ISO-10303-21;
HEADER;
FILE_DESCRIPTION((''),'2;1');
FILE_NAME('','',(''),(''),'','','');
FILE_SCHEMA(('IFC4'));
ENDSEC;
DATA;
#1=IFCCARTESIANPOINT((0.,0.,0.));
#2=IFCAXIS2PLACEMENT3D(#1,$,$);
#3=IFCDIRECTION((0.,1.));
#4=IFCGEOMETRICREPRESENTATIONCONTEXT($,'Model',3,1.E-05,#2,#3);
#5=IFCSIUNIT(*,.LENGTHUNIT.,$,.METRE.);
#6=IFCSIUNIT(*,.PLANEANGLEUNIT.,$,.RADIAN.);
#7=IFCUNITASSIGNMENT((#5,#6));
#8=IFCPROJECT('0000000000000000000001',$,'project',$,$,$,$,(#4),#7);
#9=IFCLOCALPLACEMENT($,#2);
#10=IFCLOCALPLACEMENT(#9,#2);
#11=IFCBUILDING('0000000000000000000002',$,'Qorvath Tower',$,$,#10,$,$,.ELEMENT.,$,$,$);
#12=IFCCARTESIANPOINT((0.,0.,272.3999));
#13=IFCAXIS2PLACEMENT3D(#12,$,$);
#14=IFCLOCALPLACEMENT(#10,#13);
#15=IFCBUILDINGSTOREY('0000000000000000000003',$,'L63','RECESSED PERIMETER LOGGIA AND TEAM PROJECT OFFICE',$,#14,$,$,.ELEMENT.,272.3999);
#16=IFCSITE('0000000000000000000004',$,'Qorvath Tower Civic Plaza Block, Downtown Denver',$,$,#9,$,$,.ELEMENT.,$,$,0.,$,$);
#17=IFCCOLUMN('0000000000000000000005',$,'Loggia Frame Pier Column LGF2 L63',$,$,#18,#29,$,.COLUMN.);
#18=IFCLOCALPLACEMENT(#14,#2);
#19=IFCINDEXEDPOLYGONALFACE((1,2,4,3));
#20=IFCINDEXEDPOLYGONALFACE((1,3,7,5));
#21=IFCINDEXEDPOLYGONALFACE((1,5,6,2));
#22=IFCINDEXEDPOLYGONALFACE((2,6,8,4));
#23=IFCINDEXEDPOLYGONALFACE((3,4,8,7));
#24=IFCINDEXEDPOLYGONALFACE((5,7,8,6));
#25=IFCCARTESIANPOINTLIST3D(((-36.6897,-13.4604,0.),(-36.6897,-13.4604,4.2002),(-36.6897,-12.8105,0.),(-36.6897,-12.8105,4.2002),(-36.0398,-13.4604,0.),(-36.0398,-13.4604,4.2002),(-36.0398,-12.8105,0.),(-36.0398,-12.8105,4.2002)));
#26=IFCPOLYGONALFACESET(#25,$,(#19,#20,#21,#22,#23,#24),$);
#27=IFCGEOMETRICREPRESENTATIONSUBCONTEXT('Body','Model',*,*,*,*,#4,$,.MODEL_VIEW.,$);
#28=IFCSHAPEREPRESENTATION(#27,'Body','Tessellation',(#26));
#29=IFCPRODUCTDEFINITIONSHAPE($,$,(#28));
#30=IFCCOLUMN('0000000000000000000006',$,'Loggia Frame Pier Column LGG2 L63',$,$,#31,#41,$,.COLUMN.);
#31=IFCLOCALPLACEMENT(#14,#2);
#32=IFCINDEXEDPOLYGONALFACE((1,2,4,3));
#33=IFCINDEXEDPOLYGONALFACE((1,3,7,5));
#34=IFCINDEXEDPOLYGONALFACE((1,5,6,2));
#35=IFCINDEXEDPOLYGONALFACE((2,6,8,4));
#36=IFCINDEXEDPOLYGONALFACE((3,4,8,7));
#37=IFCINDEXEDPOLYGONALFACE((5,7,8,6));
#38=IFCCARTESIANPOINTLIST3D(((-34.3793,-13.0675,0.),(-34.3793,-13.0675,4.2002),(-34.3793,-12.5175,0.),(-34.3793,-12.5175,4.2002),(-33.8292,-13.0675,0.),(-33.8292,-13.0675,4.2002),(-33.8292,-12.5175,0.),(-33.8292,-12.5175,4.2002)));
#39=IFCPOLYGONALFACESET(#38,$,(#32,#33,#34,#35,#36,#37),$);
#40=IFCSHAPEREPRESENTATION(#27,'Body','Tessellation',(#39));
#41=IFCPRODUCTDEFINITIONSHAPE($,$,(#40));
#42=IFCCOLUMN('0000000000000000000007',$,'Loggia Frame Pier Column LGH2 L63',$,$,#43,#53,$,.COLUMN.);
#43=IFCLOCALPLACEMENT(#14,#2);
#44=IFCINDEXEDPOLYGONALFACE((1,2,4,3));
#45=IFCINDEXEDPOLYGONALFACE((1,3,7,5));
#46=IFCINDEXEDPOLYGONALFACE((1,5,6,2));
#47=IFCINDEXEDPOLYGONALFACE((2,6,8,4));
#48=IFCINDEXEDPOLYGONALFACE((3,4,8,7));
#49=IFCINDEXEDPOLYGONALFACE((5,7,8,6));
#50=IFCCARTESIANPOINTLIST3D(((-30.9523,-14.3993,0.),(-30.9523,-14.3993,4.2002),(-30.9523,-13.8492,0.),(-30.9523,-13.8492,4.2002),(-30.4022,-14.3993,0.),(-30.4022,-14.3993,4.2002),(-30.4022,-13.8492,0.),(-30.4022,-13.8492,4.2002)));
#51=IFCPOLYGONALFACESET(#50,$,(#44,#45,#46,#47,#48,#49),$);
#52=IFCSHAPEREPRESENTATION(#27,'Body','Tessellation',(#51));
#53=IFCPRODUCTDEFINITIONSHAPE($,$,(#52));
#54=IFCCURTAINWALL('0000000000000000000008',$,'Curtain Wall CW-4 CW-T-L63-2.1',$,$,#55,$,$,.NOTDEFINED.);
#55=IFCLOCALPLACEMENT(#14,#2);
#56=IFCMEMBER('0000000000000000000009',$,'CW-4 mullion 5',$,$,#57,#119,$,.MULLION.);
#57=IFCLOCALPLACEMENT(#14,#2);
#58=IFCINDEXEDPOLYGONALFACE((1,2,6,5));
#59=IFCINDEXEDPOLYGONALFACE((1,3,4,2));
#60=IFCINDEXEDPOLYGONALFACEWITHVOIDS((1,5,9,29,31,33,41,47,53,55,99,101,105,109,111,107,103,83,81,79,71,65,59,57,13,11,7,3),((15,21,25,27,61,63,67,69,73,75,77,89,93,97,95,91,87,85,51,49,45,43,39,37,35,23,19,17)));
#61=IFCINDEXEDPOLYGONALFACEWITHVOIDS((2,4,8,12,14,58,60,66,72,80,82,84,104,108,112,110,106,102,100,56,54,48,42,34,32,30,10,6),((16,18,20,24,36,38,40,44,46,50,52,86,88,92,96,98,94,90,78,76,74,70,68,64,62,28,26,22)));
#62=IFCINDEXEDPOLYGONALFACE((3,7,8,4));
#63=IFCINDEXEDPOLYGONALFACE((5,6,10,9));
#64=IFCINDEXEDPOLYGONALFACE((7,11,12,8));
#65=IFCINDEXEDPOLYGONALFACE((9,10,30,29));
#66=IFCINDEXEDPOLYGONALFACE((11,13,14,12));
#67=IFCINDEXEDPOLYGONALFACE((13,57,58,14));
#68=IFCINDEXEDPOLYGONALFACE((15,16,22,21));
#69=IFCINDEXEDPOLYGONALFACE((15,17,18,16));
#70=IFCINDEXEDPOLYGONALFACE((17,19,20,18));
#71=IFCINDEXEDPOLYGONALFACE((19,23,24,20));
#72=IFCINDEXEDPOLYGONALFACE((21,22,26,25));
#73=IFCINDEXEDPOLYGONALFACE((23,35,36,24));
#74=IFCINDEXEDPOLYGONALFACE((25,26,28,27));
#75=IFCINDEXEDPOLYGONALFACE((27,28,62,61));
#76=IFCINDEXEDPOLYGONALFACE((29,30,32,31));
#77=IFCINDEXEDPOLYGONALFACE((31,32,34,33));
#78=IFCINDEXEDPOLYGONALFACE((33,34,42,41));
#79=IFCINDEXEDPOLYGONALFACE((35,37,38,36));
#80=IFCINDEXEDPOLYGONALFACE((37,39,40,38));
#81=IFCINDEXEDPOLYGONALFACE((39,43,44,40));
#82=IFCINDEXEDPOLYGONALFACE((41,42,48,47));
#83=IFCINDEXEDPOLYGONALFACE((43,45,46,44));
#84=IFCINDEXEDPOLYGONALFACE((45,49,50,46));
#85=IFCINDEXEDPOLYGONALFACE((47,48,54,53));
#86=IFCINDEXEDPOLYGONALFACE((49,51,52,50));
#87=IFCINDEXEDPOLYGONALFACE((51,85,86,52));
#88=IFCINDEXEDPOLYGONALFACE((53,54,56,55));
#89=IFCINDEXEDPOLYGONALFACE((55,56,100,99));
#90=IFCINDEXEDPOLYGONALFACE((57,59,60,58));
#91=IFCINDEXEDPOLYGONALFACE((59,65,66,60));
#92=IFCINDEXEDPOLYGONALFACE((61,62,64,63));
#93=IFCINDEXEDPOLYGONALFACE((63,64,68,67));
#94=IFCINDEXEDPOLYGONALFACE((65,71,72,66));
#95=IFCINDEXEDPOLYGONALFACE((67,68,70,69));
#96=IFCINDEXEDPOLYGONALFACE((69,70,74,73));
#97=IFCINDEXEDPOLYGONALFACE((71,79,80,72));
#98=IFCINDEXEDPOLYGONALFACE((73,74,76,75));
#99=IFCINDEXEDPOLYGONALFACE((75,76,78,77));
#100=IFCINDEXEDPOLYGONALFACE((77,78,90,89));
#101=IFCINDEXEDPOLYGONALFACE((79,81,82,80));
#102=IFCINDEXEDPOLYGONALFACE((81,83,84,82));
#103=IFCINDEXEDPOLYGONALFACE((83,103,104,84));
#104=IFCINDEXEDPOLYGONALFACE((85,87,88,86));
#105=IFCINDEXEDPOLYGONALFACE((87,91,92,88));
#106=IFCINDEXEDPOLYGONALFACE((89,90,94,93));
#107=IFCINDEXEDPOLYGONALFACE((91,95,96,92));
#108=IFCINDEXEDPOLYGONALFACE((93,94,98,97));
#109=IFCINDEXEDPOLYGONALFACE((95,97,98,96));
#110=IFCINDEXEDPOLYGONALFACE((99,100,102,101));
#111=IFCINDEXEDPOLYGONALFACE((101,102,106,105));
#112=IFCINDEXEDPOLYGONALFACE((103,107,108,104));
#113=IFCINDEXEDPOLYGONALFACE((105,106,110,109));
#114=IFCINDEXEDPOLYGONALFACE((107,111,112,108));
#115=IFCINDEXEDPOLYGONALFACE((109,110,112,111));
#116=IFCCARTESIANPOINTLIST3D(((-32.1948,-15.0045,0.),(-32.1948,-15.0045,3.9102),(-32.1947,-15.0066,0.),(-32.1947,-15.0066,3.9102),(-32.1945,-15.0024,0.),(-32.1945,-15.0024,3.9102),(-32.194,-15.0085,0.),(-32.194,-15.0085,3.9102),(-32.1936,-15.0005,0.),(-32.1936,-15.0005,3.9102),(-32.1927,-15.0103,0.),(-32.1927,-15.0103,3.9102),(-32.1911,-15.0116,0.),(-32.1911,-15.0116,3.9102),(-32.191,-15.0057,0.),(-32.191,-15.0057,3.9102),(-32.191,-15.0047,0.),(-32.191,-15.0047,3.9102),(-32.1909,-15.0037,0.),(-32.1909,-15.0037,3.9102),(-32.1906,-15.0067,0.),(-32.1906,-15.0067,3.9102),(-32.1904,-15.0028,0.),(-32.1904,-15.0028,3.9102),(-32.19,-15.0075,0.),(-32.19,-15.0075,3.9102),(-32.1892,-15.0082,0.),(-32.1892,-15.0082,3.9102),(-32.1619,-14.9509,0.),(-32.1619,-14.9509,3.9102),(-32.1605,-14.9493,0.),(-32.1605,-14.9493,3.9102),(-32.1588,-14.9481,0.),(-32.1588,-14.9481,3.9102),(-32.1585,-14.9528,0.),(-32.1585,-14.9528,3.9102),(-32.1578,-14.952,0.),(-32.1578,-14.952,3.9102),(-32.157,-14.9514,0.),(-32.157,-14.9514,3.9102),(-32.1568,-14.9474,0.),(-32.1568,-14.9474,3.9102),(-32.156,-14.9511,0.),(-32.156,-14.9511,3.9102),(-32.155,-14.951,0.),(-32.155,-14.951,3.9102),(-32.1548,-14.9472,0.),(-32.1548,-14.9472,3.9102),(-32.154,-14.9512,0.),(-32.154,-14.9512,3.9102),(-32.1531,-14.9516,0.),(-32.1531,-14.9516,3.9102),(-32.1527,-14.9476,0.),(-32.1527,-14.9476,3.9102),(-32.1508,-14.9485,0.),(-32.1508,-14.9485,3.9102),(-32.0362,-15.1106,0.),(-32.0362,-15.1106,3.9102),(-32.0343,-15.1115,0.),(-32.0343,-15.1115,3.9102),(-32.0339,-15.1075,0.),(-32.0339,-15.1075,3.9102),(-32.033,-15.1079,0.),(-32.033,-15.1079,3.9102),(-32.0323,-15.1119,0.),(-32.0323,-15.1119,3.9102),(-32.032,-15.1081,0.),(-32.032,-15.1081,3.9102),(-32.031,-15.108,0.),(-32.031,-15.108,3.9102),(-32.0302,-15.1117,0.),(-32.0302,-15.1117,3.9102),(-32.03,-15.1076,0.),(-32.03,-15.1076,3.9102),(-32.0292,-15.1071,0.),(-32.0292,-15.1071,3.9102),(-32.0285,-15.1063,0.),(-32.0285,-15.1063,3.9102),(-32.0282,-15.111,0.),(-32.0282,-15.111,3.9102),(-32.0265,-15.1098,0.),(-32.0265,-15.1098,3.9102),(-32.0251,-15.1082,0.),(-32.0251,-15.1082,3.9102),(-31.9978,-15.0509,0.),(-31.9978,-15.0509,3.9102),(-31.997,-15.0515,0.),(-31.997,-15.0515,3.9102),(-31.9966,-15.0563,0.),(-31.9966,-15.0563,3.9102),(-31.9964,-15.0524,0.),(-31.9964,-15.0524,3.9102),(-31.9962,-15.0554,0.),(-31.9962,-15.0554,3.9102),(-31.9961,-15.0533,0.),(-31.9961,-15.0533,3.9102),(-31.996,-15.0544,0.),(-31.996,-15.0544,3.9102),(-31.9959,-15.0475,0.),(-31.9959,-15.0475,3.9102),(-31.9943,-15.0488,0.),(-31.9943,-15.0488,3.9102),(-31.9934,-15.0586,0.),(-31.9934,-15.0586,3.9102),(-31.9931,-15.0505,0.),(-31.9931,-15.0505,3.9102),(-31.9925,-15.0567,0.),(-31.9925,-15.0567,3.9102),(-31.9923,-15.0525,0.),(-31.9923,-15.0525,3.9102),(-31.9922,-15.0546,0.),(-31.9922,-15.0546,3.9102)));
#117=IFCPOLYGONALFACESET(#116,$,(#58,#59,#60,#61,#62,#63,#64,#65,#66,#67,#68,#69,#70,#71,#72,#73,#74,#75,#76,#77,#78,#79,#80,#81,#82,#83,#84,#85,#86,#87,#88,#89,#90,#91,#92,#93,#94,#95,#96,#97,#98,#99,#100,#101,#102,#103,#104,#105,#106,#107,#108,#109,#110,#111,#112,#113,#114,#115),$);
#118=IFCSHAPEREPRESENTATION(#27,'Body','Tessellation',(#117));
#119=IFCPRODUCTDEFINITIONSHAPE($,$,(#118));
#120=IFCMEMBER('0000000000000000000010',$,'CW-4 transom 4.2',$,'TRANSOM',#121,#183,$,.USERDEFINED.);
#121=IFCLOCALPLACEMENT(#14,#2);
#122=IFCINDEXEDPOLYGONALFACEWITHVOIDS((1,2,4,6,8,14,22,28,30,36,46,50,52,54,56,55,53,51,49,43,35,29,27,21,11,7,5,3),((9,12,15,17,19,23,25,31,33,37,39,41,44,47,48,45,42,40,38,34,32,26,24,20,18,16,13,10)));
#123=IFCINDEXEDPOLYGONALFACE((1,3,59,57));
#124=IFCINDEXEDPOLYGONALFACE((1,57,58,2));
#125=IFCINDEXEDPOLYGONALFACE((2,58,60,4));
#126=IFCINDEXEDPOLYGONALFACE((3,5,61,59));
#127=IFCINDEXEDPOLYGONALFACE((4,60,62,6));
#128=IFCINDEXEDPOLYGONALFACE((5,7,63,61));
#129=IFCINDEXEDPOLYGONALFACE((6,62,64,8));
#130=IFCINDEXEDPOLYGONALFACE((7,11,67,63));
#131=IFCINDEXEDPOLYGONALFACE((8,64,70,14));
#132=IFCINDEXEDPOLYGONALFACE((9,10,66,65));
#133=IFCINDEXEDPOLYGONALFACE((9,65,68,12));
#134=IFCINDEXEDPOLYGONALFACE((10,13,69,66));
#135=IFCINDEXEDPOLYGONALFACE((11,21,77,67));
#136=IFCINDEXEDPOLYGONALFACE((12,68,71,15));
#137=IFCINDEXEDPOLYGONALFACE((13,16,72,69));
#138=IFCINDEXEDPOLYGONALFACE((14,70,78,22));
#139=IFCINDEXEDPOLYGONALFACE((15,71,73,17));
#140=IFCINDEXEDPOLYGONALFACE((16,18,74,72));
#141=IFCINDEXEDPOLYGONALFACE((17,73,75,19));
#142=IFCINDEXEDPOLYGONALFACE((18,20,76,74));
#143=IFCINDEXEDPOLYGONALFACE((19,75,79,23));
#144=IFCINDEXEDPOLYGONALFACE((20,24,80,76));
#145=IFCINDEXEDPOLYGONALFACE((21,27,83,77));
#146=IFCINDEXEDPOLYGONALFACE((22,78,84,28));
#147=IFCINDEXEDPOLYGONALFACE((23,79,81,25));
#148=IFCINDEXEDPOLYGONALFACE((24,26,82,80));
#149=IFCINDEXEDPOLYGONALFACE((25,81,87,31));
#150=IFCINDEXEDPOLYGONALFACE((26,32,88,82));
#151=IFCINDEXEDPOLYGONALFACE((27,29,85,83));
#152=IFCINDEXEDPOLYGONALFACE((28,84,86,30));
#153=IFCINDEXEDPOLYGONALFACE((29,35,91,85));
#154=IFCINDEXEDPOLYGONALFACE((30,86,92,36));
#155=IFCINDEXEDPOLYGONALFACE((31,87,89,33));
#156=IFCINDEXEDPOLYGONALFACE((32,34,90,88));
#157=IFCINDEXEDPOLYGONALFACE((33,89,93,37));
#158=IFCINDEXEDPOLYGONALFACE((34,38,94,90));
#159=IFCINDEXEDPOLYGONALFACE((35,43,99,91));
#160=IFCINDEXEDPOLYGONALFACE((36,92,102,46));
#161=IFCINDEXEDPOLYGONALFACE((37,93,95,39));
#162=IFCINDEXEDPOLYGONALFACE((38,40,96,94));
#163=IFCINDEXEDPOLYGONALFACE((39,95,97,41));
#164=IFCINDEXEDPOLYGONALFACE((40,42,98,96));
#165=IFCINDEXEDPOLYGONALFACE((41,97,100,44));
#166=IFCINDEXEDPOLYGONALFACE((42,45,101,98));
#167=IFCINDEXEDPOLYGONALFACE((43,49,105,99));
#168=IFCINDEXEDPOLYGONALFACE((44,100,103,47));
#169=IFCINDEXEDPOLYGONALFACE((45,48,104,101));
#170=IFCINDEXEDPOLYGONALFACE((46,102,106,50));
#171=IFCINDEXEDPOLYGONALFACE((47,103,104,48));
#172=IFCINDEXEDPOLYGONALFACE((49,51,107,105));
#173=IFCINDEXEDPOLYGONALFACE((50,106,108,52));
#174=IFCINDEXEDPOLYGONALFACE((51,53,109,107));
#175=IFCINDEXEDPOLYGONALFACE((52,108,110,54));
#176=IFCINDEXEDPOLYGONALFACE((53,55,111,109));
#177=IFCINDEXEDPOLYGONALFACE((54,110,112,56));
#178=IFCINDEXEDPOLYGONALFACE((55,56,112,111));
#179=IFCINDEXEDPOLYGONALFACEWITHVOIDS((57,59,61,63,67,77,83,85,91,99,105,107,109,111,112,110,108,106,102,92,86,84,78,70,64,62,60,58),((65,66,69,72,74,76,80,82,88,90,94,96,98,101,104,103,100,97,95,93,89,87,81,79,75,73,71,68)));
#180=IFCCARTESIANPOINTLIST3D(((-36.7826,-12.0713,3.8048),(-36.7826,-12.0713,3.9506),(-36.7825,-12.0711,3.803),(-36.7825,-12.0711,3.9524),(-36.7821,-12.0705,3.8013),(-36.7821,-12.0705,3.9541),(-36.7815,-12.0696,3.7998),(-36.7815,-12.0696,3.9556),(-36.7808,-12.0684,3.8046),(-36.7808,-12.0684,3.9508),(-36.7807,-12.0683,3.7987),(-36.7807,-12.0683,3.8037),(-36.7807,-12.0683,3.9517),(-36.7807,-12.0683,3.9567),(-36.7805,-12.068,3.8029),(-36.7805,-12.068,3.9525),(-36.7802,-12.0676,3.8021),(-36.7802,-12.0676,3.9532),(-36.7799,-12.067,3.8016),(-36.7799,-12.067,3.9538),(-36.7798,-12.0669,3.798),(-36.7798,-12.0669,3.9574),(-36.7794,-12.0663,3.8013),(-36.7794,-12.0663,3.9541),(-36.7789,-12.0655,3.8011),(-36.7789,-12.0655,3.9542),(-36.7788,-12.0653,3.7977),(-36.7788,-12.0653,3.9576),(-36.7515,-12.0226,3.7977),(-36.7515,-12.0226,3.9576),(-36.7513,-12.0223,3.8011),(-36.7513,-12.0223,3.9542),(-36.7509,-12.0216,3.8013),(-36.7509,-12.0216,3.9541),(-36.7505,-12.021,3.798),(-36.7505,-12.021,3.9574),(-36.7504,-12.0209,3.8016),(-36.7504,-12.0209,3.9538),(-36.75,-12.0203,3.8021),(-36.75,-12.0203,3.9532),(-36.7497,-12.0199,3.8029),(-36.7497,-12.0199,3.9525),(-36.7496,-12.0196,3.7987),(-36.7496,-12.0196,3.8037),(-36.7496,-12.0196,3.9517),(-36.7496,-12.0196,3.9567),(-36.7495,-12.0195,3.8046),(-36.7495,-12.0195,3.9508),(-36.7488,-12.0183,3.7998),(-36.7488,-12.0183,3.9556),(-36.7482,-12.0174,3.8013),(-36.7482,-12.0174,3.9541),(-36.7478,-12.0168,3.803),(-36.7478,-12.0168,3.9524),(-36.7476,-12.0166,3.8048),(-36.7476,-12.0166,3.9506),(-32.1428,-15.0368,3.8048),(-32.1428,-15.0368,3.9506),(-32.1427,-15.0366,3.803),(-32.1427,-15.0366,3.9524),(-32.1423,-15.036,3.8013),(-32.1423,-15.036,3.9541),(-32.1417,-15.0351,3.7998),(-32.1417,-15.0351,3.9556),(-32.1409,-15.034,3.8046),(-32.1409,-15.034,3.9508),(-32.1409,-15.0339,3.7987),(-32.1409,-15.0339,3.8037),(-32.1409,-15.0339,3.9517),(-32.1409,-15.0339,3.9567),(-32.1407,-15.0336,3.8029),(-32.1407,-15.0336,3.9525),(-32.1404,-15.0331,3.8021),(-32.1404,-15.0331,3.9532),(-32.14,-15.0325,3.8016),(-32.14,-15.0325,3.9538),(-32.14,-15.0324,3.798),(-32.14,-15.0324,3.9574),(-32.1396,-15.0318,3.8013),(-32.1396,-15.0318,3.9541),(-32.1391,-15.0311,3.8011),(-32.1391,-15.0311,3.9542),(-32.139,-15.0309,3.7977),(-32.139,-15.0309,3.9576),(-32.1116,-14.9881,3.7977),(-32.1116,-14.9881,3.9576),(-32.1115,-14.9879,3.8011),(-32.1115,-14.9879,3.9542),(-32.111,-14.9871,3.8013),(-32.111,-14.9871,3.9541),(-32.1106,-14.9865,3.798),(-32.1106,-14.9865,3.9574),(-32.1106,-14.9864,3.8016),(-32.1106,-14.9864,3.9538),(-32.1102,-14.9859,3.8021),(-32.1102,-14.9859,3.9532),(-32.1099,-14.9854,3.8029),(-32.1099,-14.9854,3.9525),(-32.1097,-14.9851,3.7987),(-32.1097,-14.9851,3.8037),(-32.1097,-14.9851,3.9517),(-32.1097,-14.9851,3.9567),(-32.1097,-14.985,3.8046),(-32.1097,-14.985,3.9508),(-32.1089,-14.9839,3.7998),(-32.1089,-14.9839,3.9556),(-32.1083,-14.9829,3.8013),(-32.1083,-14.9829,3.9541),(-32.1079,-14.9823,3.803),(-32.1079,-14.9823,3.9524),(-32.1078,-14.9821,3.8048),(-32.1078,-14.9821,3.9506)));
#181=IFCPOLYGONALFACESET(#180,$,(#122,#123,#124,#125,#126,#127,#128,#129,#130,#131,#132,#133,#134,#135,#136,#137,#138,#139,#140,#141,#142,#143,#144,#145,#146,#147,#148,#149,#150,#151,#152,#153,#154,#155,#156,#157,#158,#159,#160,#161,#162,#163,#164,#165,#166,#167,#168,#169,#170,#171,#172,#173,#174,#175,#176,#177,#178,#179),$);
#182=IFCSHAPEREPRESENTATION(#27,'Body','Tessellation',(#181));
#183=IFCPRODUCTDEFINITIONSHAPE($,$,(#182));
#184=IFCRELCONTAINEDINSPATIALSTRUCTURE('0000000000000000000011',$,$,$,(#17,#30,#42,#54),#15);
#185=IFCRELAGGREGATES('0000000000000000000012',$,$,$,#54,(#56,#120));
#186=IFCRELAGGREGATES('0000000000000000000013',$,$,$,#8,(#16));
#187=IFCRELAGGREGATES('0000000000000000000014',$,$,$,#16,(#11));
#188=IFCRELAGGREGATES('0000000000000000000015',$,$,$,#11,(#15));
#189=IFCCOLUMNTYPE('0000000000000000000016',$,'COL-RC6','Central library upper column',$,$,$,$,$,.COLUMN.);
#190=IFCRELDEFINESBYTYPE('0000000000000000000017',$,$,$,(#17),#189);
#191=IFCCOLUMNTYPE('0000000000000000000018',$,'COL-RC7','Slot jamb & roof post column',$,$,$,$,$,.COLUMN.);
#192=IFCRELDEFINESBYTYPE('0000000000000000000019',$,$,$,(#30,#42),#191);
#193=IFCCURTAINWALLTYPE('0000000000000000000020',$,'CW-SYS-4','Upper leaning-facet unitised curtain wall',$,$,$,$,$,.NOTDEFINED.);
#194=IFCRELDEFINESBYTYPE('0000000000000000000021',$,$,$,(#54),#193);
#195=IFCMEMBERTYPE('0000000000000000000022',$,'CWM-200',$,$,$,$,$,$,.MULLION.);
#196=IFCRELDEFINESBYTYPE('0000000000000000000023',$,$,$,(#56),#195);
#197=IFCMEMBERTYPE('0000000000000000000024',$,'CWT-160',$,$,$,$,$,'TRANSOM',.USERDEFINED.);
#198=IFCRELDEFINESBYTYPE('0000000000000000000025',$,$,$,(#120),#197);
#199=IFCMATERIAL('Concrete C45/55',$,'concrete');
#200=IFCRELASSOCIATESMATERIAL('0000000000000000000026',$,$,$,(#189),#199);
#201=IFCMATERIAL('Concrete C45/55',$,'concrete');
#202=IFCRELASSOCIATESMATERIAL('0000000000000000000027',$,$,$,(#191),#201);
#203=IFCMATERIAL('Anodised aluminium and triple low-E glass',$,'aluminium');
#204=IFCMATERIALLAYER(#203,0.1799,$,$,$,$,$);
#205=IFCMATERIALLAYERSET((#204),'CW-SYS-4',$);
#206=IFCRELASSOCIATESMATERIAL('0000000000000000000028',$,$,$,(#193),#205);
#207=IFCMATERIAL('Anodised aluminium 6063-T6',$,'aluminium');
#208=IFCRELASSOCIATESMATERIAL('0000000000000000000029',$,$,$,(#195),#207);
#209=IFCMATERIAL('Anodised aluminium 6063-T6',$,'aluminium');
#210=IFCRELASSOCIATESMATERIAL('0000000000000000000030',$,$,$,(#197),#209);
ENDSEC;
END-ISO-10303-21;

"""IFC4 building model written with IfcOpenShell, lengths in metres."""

from ifc_helpers import new_model, si_unit, direction, frame, origin, origin_2d, place, context, subcontext, project, spatial, rectangle, hollow_rectangle, extrude, material, layer, layer_set, material_profile, profile_set, type_object, element, aggregate, save


model = new_model("IFC4")

# Units and contexts
model_context = context("Model", 3, precision=1e-05, world=origin(), true_north=direction((0.0, 1.0)))
body_context = subcontext(model_context, "Body", "Model", "MODEL_VIEW")
ifc_project = project(units=[si_unit("LENGTHUNIT", "METRE"), si_unit("PLANEANGLEUNIT", "RADIAN")], contexts=[model_context])

# Site, building, storey
site_placement = place(None, origin())
site = spatial("IfcSite", under=ifc_project, at=site_placement, Name="Qorvath Tower Civic Plaza Block, Downtown Denver", CompositionType="ELEMENT", RefElevation=0.0)
building_placement = place(site_placement, origin())
building = spatial("IfcBuilding", under=site, at=building_placement, Name="Qorvath Tower", CompositionType="ELEMENT")
storey_placement = place(building_placement, frame((0.0, 0.0, 272.3999)))
storey = spatial("IfcBuildingStorey", under=building, at=storey_placement, Name="L63", Description="RECESSED PERIMETER LOGGIA AND TEAM PROJECT OFFICE", CompositionType="ELEMENT", Elevation=272.3999)

# Columns
ifc_material_1 = material(Name="Concrete C45/55", Category="concrete")
ifc_material_profile_1 = material_profile(ifc_material_1, rectangle(XDim=0.6499, YDim=0.6499, at=origin_2d()), Name="RC 650x650")
ifc_profile_set_1 = profile_set([ifc_material_profile_1], Name="Concrete C45/55")
column_type_1 = type_object("IfcColumnType", Name="COL-RC6", Description="Central library upper column", PredefinedType="COLUMN", material=ifc_profile_set_1)
column_placement = place(storey_placement, frame((-36.3647, -13.1355, 0.0), z_axis=(0.0, 0.0, 1.0), x_axis=(1.0, 0.0, 0.0)))
element("IfcColumn", 1, at=column_placement, inside=storey, type_object=column_type_1, Name="Loggia Frame Pier Column LGF2 L63", PredefinedType="COLUMN", context=body_context, shape_type="SweptSolid", body=[
    extrude(rectangle(XDim=0.6499, YDim=0.6499, at=origin_2d()), origin(), (0.0, 0.0, 1.0), 4.2002),
])
ifc_material_2 = material(Name="Concrete C45/55", Category="concrete")
ifc_material_profile_2 = material_profile(ifc_material_2, rectangle(XDim=0.55, YDim=0.55, at=origin_2d()), Name="RC 550x550")
ifc_profile_set_2 = profile_set([ifc_material_profile_2], Name="Concrete C45/55")
column_type_2 = type_object("IfcColumnType", Name="COL-RC7", Description="Slot jamb & roof post column", PredefinedType="COLUMN", material=ifc_profile_set_2)
for number, where, z_axis, x_axis, name in (
    (2, (-34.1042, -12.7925, 0.0), (0.0, 0.0, 1.0), (1.0, 0.0, 0.0), "Loggia Frame Pier Column LGG2 L63"),
    (3, (-30.6772, -14.1243, 0.0), (0.0, 0.0, 1.0), (1.0, 0.0, 0.0), "Loggia Frame Pier Column LGH2 L63"),
):
    element("IfcColumn", number, at=place(storey_placement, frame(where, z_axis=z_axis, x_axis=x_axis)), inside=storey, type_object=column_type_2, Name=name, PredefinedType="COLUMN", context=body_context, shape_type="SweptSolid", body=[
        extrude(rectangle(XDim=0.55, YDim=0.55, at=origin_2d()), origin(), (0.0, 0.0, 1.0), 4.2002),
    ])

# Curtain wall, members
ifc_material_3 = material(Name="Anodised aluminium and triple low-E glass", Category="aluminium")
ifc_layer_1 = layer(ifc_material_3, 0.1799)
ifc_layer_set_1 = layer_set([ifc_layer_1], Name="CW-SYS-4")
curtain_wall_type = type_object("IfcCurtainWallType", Name="CW-SYS-4", Description="Upper leaning-facet unitised curtain wall", PredefinedType="NOTDEFINED", material=ifc_layer_set_1)
curtain_wall_placement = place(storey_placement, origin())
curtain_wall = element("IfcCurtainWall", 4, at=curtain_wall_placement, inside=storey, type_object=curtain_wall_type, Name="Curtain Wall CW-4 CW-T-L63-2.1", PredefinedType="NOTDEFINED")
ifc_material_4 = material(Name="Anodised aluminium 6063-T6", Category="aluminium")
ifc_material_profile_3 = material_profile(ifc_material_4, hollow_rectangle(XDim=0.075, YDim=0.2, WallThickness=0.0039, InnerFilletRadius=0.0039, OuterFilletRadius=0.0081, at=origin_2d()), Name="CWM 200x75")
ifc_profile_set_3 = profile_set([ifc_material_profile_3], Name="Anodised aluminium 6063-T6")
member_type_1 = type_object("IfcMemberType", Name="CWM-200", PredefinedType="MULLION", material=ifc_profile_set_3)
member_1_placement = place(storey_placement, frame((-32.0935, -15.0295, 0.0), z_axis=(0.0, 0.0, 1.0), x_axis=(0.538534, 0.842604, 0.0)))
member_1 = element("IfcMember", 5, at=member_1_placement, type_object=member_type_1, Name="CW-4 mullion 5", PredefinedType="MULLION", context=body_context, shape_type="SweptSolid", body=[
    extrude(hollow_rectangle(XDim=0.075, YDim=0.2, WallThickness=0.0039, InnerFilletRadius=0.0039, OuterFilletRadius=0.0081, at=origin_2d()), origin(), (0.0, 0.0, 1.0), 3.9102),
])
ifc_material_5 = material(Name="Anodised aluminium 6063-T6", Category="aluminium")
ifc_material_profile_4 = material_profile(ifc_material_5, hollow_rectangle(XDim=0.0649, YDim=0.1599, WallThickness=0.0034, InnerFilletRadius=0.0034, OuterFilletRadius=0.0071, at=origin_2d()), Name="CWT 160x65")
ifc_profile_set_4 = profile_set([ifc_material_profile_4], Name="Anodised aluminium 6063-T6")
member_type_2 = type_object("IfcMemberType", Name="CWT-160", ElementType="TRANSOM", PredefinedType="USERDEFINED", material=ifc_profile_set_4)
member_2_placement = place(storey_placement, frame((-36.7651, -12.0439, 3.8777), z_axis=(0.842597, -0.538544, 0.0), x_axis=(0.538544, 0.842597, 0.0)))
member_2 = element("IfcMember", 6, at=member_2_placement, type_object=member_type_2, Name="CW-4 transom 4.2", ObjectType="TRANSOM", PredefinedType="USERDEFINED", context=body_context, shape_type="SweptSolid", body=[
    extrude(hollow_rectangle(XDim=0.0649, YDim=0.1599, WallThickness=0.0034, InnerFilletRadius=0.0034, OuterFilletRadius=0.0071, at=origin_2d()), origin(), (0.0, 0.0, 1.0), 5.5066),
])
aggregate(curtain_wall, [member_1, member_2])

save(model, "model.ifc")
